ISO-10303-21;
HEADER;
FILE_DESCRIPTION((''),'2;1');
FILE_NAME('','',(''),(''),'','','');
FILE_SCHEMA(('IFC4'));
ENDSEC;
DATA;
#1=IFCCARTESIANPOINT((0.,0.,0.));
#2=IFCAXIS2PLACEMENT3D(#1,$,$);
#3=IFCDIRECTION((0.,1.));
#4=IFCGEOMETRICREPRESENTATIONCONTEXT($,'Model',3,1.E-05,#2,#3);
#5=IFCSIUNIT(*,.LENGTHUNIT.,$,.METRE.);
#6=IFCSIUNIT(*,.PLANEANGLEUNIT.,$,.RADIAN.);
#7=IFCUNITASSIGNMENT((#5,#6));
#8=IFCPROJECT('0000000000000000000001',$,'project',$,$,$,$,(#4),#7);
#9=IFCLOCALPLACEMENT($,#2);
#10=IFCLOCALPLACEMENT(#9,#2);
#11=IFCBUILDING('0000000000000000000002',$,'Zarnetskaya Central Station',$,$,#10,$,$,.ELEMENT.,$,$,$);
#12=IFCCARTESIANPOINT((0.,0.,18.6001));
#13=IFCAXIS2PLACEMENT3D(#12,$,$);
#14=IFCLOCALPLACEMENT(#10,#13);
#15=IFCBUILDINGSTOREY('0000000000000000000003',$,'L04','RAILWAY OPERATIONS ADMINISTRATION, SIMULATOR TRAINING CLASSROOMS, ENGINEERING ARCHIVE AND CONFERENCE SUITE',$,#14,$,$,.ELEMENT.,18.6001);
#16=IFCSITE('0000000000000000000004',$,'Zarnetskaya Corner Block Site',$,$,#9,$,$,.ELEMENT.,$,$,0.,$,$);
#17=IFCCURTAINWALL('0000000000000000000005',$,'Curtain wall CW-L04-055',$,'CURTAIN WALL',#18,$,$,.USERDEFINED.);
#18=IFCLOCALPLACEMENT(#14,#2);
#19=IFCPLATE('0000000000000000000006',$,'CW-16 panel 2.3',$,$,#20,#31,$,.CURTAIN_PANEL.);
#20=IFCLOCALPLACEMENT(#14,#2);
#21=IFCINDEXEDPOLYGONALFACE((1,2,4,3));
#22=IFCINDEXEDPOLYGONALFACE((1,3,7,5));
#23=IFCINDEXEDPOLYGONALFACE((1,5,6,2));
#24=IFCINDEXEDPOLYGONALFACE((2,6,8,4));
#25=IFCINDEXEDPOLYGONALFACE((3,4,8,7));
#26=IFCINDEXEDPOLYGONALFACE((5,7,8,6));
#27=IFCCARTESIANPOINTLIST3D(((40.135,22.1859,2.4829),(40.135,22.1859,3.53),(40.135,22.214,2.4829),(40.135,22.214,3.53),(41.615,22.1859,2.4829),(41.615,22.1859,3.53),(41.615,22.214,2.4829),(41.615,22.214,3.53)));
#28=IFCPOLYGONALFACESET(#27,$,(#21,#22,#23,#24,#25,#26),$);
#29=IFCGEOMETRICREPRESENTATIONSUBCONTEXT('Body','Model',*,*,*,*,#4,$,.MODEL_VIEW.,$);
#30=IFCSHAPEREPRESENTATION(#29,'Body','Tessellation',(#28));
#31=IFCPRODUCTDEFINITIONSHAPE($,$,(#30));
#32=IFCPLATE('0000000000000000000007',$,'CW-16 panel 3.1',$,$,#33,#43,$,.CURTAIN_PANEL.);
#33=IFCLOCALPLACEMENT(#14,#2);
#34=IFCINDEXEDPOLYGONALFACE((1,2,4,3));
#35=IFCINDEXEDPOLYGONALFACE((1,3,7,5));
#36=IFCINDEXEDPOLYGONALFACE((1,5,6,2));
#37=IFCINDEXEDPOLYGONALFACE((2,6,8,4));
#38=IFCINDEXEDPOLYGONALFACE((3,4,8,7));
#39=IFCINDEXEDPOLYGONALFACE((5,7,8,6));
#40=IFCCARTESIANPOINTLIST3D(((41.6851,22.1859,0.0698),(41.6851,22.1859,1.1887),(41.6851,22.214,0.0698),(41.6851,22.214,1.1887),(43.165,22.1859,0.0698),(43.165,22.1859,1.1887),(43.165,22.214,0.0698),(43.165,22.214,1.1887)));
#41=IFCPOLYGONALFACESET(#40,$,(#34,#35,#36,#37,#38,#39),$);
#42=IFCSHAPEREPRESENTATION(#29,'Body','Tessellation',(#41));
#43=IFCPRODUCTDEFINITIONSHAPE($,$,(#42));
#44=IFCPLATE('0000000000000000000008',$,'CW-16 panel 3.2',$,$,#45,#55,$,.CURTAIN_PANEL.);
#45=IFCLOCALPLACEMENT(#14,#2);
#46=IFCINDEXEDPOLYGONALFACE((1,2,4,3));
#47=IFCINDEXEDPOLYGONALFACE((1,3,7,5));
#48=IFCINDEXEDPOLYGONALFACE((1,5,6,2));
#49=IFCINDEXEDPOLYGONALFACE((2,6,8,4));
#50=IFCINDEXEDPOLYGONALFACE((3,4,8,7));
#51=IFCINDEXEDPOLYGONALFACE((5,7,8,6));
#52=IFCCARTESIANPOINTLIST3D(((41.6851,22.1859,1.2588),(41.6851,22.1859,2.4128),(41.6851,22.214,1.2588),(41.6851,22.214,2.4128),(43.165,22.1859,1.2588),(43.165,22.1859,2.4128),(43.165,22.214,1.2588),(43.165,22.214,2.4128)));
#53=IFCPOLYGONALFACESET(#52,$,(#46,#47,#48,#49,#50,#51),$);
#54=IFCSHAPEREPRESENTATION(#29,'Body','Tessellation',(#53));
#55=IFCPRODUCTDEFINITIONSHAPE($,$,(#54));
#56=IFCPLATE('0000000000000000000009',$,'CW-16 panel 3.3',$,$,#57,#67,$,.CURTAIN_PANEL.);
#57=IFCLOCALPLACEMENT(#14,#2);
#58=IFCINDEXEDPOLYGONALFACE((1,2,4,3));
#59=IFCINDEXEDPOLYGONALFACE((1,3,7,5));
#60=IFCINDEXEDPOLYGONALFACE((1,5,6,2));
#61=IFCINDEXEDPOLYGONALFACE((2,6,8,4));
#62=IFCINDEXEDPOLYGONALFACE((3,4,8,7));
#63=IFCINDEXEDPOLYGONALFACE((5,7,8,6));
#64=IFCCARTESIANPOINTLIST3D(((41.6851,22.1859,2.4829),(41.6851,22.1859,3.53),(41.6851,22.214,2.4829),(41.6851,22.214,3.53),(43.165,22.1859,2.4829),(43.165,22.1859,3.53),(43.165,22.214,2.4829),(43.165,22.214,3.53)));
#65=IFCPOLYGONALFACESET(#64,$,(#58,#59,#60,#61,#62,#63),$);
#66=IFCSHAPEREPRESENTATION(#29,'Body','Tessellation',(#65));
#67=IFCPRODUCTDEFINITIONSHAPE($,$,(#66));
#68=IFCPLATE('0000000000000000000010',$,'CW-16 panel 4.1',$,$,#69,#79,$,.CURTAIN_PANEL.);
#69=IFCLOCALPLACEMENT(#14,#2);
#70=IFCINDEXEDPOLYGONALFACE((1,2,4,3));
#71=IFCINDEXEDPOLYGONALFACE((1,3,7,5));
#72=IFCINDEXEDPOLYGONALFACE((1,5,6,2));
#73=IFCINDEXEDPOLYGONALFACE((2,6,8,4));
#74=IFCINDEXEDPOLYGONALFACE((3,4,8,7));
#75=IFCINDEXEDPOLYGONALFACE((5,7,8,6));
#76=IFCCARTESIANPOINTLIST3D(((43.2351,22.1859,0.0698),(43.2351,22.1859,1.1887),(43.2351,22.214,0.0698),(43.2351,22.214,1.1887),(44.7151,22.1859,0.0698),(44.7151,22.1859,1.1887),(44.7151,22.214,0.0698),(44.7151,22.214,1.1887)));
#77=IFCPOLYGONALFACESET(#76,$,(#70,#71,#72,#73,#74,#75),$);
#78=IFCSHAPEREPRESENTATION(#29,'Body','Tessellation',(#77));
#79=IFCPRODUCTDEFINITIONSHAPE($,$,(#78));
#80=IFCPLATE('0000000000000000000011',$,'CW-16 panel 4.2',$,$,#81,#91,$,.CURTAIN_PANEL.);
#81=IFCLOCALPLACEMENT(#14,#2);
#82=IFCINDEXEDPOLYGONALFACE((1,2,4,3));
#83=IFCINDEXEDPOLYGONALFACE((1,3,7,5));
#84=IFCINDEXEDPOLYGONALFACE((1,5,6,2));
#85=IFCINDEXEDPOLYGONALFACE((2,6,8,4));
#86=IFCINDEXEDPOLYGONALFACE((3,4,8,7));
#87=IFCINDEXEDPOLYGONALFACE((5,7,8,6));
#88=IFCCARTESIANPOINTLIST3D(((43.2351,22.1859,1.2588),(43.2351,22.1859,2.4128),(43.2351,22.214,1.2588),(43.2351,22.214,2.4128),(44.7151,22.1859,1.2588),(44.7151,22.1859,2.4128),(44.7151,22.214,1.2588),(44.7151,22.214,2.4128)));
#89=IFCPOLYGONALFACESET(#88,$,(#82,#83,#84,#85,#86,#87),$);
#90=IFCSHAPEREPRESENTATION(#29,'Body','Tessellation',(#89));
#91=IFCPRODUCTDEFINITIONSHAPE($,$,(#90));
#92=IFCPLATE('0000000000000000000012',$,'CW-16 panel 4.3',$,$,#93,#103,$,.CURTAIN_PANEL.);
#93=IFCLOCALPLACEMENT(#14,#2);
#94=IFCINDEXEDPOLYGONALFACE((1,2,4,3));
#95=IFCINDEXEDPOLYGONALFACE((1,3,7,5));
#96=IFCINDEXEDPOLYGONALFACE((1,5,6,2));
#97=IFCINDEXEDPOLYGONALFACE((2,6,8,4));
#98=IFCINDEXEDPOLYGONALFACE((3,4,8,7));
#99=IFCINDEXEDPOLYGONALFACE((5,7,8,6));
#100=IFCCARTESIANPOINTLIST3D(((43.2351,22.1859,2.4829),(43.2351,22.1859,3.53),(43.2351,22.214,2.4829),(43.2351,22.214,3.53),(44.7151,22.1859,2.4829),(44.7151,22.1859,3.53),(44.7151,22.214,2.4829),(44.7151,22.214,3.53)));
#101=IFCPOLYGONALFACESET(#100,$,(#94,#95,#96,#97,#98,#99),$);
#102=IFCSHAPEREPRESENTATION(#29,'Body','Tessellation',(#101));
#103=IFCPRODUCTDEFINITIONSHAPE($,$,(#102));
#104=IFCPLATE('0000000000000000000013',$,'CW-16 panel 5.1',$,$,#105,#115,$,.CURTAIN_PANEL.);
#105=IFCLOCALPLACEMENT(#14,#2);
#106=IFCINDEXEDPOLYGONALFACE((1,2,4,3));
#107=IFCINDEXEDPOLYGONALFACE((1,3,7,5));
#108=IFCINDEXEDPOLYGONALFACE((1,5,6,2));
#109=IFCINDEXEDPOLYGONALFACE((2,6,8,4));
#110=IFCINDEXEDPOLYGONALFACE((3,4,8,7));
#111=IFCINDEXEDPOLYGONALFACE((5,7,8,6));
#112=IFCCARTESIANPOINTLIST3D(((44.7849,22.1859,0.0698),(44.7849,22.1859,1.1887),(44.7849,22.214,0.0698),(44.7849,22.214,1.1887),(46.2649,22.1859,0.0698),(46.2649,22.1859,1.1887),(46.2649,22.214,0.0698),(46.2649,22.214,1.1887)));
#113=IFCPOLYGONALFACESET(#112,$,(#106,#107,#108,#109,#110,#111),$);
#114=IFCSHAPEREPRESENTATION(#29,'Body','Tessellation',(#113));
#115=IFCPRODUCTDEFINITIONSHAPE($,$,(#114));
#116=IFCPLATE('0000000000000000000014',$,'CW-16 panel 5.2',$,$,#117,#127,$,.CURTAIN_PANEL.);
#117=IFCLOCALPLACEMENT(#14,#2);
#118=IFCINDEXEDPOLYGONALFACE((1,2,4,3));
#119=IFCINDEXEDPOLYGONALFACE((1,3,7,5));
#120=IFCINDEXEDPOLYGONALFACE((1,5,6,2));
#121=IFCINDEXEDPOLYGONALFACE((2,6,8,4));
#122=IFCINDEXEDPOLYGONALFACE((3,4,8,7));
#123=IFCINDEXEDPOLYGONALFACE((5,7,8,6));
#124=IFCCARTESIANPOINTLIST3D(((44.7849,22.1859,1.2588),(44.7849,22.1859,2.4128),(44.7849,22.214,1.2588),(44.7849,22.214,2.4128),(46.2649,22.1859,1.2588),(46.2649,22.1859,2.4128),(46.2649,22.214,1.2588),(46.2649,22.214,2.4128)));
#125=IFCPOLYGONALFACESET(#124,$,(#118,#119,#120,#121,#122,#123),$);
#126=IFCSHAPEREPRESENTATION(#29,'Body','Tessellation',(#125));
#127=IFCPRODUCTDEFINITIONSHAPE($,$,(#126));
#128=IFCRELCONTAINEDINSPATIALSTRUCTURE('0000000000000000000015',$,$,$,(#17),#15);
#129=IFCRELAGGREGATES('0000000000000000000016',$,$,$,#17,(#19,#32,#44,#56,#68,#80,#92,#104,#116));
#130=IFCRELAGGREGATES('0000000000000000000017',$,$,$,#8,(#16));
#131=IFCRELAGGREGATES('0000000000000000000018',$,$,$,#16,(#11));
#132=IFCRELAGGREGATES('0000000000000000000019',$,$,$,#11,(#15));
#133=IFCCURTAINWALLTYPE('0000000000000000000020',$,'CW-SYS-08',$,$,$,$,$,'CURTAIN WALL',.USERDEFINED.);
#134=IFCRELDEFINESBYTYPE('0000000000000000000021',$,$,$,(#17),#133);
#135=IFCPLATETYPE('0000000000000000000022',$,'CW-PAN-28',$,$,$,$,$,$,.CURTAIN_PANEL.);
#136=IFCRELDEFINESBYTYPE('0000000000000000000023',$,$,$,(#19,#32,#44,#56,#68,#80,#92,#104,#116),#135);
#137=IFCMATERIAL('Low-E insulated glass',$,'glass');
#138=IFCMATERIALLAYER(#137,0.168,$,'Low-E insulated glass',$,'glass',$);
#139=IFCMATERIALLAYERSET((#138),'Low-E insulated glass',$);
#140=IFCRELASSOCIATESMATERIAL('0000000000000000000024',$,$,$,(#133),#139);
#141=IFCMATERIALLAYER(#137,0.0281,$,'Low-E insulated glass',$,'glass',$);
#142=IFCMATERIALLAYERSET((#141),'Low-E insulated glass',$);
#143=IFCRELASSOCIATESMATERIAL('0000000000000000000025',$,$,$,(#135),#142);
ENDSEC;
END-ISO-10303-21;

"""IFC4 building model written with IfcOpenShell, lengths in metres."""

from ifc_helpers import new_model, si_unit, direction, frame, origin, origin_2d, place, context, subcontext, project, spatial, rectangle, extrude, material, layer, layer_set, type_object, element, aggregate, save


model = new_model("IFC4")

# Units and contexts
model_context = context("Model", 3, precision=1e-05, world=origin(), true_north=direction((0.0, 1.0)))
body_context = subcontext(model_context, "Body", "Model", "MODEL_VIEW")
ifc_project = project(units=[si_unit("LENGTHUNIT", "METRE"), si_unit("PLANEANGLEUNIT", "RADIAN")], contexts=[model_context])

# Site, building, storey
site_placement = place(None, origin())
site = spatial("IfcSite", under=ifc_project, at=site_placement, Name="Zarnetskaya Corner Block Site", CompositionType="ELEMENT", RefElevation=0.0)
building_placement = place(site_placement, origin())
building = spatial("IfcBuilding", under=site, at=building_placement, Name="Zarnetskaya Central Station", CompositionType="ELEMENT")
storey_placement = place(building_placement, frame((0.0, 0.0, 18.6001)))
storey = spatial("IfcBuildingStorey", under=building, at=storey_placement, Name="L04", Description="RAILWAY OPERATIONS ADMINISTRATION, SIMULATOR TRAINING CLASSROOMS, ENGINEERING ARCHIVE AND CONFERENCE SUITE", CompositionType="ELEMENT", Elevation=18.6001)

# Curtain wall, plates
ifc_material_1 = material(Name="Low-E insulated glass", Category="glass")
ifc_layer_1 = layer(ifc_material_1, 0.168, Name="Low-E insulated glass", Category="glass")
ifc_layer_set_1 = layer_set([ifc_layer_1], Name="Low-E insulated glass")
curtain_wall_type = type_object("IfcCurtainWallType", Name="CW-SYS-08", ElementType="CURTAIN WALL", PredefinedType="USERDEFINED", material=ifc_layer_set_1)
curtain_wall_placement = place(storey_placement, origin())
curtain_wall = element("IfcCurtainWall", 1, at=curtain_wall_placement, inside=storey, type_object=curtain_wall_type, Name="Curtain wall CW-L04-055", ObjectType="CURTAIN WALL", PredefinedType="USERDEFINED")
ifc_layer_2 = layer(ifc_material_1, 0.0281, Name="Low-E insulated glass", Category="glass")
ifc_layer_set_2 = layer_set([ifc_layer_2], Name="Low-E insulated glass")
plate_type = type_object("IfcPlateType", Name="CW-PAN-28", PredefinedType="CURTAIN_PANEL", material=ifc_layer_set_2)
plate_1_placement = place(storey_placement, frame((40.875, 22.2, 2.4829), z_axis=(0.0, 0.0, 1.0), x_axis=(1.0, 0.0, 0.0)))
plate_1 = element("IfcPlate", 2, at=plate_1_placement, type_object=plate_type, Name="CW-16 panel 2.3", PredefinedType="CURTAIN_PANEL", context=body_context, shape_type="SweptSolid", body=[
    extrude(rectangle(XDim=1.48, YDim=0.0281, at=origin_2d()), origin(), (0.0, 0.0, 1.0), 1.0471),
])
plate_2_placement = place(storey_placement, frame((42.425, 22.2, 0.0698), z_axis=(0.0, 0.0, 1.0), x_axis=(1.0, 0.0, 0.0)))
plate_2 = element("IfcPlate", 3, at=plate_2_placement, type_object=plate_type, Name="CW-16 panel 3.1", PredefinedType="CURTAIN_PANEL", context=body_context, shape_type="SweptSolid", body=[
    extrude(rectangle(XDim=1.48, YDim=0.0281, at=origin_2d()), origin(), (0.0, 0.0, 1.0), 1.1189),
])
plate_3_placement = place(storey_placement, frame((42.425, 22.2, 1.2588), z_axis=(0.0, 0.0, 1.0), x_axis=(1.0, 0.0, 0.0)))
plate_3 = element("IfcPlate", 4, at=plate_3_placement, type_object=plate_type, Name="CW-16 panel 3.2", PredefinedType="CURTAIN_PANEL", context=body_context, shape_type="SweptSolid", body=[
    extrude(rectangle(XDim=1.48, YDim=0.0281, at=origin_2d()), origin(), (0.0, 0.0, 1.0), 1.1541),
])
plate_4_placement = place(storey_placement, frame((42.425, 22.2, 2.4829), z_axis=(0.0, 0.0, 1.0), x_axis=(1.0, 0.0, 0.0)))
plate_4 = element("IfcPlate", 5, at=plate_4_placement, type_object=plate_type, Name="CW-16 panel 3.3", PredefinedType="CURTAIN_PANEL", context=body_context, shape_type="SweptSolid", body=[
    extrude(rectangle(XDim=1.48, YDim=0.0281, at=origin_2d()), origin(), (0.0, 0.0, 1.0), 1.0471),
])
plate_5_placement = place(storey_placement, frame((43.9751, 22.2, 0.0698), z_axis=(0.0, 0.0, 1.0), x_axis=(1.0, 0.0, 0.0)))
plate_5 = element("IfcPlate", 6, at=plate_5_placement, type_object=plate_type, Name="CW-16 panel 4.1", PredefinedType="CURTAIN_PANEL", context=body_context, shape_type="SweptSolid", body=[
    extrude(rectangle(XDim=1.48, YDim=0.0281, at=origin_2d()), origin(), (0.0, 0.0, 1.0), 1.1189),
])
plate_6_placement = place(storey_placement, frame((43.9751, 22.2, 1.2588), z_axis=(0.0, 0.0, 1.0), x_axis=(1.0, 0.0, 0.0)))
plate_6 = element("IfcPlate", 7, at=plate_6_placement, type_object=plate_type, Name="CW-16 panel 4.2", PredefinedType="CURTAIN_PANEL", context=body_context, shape_type="SweptSolid", body=[
    extrude(rectangle(XDim=1.48, YDim=0.0281, at=origin_2d()), origin(), (0.0, 0.0, 1.0), 1.1541),
])
plate_7_placement = place(storey_placement, frame((43.9751, 22.2, 2.4829), z_axis=(0.0, 0.0, 1.0), x_axis=(1.0, 0.0, 0.0)))
plate_7 = element("IfcPlate", 8, at=plate_7_placement, type_object=plate_type, Name="CW-16 panel 4.3", PredefinedType="CURTAIN_PANEL", context=body_context, shape_type="SweptSolid", body=[
    extrude(rectangle(XDim=1.48, YDim=0.0281, at=origin_2d()), origin(), (0.0, 0.0, 1.0), 1.0471),
])
plate_8_placement = place(storey_placement, frame((45.5249, 22.2, 0.0698), z_axis=(0.0, 0.0, 1.0), x_axis=(1.0, 0.0, 0.0)))
plate_8 = element("IfcPlate", 9, at=plate_8_placement, type_object=plate_type, Name="CW-16 panel 5.1", PredefinedType="CURTAIN_PANEL", context=body_context, shape_type="SweptSolid", body=[
    extrude(rectangle(XDim=1.48, YDim=0.0281, at=origin_2d()), origin(), (0.0, 0.0, 1.0), 1.1189),
])
plate_9_placement = place(storey_placement, frame((45.5249, 22.2, 1.2588), z_axis=(0.0, 0.0, 1.0), x_axis=(1.0, 0.0, 0.0)))
plate_9 = element("IfcPlate", 10, at=plate_9_placement, type_object=plate_type, Name="CW-16 panel 5.2", PredefinedType="CURTAIN_PANEL", context=body_context, shape_type="SweptSolid", body=[
    extrude(rectangle(XDim=1.48, YDim=0.0281, at=origin_2d()), origin(), (0.0, 0.0, 1.0), 1.1541),
])
aggregate(curtain_wall, [plate_1, plate_2, plate_3, plate_4, plate_5, plate_6, plate_7, plate_8, plate_9])

save(model, "model.ifc")
